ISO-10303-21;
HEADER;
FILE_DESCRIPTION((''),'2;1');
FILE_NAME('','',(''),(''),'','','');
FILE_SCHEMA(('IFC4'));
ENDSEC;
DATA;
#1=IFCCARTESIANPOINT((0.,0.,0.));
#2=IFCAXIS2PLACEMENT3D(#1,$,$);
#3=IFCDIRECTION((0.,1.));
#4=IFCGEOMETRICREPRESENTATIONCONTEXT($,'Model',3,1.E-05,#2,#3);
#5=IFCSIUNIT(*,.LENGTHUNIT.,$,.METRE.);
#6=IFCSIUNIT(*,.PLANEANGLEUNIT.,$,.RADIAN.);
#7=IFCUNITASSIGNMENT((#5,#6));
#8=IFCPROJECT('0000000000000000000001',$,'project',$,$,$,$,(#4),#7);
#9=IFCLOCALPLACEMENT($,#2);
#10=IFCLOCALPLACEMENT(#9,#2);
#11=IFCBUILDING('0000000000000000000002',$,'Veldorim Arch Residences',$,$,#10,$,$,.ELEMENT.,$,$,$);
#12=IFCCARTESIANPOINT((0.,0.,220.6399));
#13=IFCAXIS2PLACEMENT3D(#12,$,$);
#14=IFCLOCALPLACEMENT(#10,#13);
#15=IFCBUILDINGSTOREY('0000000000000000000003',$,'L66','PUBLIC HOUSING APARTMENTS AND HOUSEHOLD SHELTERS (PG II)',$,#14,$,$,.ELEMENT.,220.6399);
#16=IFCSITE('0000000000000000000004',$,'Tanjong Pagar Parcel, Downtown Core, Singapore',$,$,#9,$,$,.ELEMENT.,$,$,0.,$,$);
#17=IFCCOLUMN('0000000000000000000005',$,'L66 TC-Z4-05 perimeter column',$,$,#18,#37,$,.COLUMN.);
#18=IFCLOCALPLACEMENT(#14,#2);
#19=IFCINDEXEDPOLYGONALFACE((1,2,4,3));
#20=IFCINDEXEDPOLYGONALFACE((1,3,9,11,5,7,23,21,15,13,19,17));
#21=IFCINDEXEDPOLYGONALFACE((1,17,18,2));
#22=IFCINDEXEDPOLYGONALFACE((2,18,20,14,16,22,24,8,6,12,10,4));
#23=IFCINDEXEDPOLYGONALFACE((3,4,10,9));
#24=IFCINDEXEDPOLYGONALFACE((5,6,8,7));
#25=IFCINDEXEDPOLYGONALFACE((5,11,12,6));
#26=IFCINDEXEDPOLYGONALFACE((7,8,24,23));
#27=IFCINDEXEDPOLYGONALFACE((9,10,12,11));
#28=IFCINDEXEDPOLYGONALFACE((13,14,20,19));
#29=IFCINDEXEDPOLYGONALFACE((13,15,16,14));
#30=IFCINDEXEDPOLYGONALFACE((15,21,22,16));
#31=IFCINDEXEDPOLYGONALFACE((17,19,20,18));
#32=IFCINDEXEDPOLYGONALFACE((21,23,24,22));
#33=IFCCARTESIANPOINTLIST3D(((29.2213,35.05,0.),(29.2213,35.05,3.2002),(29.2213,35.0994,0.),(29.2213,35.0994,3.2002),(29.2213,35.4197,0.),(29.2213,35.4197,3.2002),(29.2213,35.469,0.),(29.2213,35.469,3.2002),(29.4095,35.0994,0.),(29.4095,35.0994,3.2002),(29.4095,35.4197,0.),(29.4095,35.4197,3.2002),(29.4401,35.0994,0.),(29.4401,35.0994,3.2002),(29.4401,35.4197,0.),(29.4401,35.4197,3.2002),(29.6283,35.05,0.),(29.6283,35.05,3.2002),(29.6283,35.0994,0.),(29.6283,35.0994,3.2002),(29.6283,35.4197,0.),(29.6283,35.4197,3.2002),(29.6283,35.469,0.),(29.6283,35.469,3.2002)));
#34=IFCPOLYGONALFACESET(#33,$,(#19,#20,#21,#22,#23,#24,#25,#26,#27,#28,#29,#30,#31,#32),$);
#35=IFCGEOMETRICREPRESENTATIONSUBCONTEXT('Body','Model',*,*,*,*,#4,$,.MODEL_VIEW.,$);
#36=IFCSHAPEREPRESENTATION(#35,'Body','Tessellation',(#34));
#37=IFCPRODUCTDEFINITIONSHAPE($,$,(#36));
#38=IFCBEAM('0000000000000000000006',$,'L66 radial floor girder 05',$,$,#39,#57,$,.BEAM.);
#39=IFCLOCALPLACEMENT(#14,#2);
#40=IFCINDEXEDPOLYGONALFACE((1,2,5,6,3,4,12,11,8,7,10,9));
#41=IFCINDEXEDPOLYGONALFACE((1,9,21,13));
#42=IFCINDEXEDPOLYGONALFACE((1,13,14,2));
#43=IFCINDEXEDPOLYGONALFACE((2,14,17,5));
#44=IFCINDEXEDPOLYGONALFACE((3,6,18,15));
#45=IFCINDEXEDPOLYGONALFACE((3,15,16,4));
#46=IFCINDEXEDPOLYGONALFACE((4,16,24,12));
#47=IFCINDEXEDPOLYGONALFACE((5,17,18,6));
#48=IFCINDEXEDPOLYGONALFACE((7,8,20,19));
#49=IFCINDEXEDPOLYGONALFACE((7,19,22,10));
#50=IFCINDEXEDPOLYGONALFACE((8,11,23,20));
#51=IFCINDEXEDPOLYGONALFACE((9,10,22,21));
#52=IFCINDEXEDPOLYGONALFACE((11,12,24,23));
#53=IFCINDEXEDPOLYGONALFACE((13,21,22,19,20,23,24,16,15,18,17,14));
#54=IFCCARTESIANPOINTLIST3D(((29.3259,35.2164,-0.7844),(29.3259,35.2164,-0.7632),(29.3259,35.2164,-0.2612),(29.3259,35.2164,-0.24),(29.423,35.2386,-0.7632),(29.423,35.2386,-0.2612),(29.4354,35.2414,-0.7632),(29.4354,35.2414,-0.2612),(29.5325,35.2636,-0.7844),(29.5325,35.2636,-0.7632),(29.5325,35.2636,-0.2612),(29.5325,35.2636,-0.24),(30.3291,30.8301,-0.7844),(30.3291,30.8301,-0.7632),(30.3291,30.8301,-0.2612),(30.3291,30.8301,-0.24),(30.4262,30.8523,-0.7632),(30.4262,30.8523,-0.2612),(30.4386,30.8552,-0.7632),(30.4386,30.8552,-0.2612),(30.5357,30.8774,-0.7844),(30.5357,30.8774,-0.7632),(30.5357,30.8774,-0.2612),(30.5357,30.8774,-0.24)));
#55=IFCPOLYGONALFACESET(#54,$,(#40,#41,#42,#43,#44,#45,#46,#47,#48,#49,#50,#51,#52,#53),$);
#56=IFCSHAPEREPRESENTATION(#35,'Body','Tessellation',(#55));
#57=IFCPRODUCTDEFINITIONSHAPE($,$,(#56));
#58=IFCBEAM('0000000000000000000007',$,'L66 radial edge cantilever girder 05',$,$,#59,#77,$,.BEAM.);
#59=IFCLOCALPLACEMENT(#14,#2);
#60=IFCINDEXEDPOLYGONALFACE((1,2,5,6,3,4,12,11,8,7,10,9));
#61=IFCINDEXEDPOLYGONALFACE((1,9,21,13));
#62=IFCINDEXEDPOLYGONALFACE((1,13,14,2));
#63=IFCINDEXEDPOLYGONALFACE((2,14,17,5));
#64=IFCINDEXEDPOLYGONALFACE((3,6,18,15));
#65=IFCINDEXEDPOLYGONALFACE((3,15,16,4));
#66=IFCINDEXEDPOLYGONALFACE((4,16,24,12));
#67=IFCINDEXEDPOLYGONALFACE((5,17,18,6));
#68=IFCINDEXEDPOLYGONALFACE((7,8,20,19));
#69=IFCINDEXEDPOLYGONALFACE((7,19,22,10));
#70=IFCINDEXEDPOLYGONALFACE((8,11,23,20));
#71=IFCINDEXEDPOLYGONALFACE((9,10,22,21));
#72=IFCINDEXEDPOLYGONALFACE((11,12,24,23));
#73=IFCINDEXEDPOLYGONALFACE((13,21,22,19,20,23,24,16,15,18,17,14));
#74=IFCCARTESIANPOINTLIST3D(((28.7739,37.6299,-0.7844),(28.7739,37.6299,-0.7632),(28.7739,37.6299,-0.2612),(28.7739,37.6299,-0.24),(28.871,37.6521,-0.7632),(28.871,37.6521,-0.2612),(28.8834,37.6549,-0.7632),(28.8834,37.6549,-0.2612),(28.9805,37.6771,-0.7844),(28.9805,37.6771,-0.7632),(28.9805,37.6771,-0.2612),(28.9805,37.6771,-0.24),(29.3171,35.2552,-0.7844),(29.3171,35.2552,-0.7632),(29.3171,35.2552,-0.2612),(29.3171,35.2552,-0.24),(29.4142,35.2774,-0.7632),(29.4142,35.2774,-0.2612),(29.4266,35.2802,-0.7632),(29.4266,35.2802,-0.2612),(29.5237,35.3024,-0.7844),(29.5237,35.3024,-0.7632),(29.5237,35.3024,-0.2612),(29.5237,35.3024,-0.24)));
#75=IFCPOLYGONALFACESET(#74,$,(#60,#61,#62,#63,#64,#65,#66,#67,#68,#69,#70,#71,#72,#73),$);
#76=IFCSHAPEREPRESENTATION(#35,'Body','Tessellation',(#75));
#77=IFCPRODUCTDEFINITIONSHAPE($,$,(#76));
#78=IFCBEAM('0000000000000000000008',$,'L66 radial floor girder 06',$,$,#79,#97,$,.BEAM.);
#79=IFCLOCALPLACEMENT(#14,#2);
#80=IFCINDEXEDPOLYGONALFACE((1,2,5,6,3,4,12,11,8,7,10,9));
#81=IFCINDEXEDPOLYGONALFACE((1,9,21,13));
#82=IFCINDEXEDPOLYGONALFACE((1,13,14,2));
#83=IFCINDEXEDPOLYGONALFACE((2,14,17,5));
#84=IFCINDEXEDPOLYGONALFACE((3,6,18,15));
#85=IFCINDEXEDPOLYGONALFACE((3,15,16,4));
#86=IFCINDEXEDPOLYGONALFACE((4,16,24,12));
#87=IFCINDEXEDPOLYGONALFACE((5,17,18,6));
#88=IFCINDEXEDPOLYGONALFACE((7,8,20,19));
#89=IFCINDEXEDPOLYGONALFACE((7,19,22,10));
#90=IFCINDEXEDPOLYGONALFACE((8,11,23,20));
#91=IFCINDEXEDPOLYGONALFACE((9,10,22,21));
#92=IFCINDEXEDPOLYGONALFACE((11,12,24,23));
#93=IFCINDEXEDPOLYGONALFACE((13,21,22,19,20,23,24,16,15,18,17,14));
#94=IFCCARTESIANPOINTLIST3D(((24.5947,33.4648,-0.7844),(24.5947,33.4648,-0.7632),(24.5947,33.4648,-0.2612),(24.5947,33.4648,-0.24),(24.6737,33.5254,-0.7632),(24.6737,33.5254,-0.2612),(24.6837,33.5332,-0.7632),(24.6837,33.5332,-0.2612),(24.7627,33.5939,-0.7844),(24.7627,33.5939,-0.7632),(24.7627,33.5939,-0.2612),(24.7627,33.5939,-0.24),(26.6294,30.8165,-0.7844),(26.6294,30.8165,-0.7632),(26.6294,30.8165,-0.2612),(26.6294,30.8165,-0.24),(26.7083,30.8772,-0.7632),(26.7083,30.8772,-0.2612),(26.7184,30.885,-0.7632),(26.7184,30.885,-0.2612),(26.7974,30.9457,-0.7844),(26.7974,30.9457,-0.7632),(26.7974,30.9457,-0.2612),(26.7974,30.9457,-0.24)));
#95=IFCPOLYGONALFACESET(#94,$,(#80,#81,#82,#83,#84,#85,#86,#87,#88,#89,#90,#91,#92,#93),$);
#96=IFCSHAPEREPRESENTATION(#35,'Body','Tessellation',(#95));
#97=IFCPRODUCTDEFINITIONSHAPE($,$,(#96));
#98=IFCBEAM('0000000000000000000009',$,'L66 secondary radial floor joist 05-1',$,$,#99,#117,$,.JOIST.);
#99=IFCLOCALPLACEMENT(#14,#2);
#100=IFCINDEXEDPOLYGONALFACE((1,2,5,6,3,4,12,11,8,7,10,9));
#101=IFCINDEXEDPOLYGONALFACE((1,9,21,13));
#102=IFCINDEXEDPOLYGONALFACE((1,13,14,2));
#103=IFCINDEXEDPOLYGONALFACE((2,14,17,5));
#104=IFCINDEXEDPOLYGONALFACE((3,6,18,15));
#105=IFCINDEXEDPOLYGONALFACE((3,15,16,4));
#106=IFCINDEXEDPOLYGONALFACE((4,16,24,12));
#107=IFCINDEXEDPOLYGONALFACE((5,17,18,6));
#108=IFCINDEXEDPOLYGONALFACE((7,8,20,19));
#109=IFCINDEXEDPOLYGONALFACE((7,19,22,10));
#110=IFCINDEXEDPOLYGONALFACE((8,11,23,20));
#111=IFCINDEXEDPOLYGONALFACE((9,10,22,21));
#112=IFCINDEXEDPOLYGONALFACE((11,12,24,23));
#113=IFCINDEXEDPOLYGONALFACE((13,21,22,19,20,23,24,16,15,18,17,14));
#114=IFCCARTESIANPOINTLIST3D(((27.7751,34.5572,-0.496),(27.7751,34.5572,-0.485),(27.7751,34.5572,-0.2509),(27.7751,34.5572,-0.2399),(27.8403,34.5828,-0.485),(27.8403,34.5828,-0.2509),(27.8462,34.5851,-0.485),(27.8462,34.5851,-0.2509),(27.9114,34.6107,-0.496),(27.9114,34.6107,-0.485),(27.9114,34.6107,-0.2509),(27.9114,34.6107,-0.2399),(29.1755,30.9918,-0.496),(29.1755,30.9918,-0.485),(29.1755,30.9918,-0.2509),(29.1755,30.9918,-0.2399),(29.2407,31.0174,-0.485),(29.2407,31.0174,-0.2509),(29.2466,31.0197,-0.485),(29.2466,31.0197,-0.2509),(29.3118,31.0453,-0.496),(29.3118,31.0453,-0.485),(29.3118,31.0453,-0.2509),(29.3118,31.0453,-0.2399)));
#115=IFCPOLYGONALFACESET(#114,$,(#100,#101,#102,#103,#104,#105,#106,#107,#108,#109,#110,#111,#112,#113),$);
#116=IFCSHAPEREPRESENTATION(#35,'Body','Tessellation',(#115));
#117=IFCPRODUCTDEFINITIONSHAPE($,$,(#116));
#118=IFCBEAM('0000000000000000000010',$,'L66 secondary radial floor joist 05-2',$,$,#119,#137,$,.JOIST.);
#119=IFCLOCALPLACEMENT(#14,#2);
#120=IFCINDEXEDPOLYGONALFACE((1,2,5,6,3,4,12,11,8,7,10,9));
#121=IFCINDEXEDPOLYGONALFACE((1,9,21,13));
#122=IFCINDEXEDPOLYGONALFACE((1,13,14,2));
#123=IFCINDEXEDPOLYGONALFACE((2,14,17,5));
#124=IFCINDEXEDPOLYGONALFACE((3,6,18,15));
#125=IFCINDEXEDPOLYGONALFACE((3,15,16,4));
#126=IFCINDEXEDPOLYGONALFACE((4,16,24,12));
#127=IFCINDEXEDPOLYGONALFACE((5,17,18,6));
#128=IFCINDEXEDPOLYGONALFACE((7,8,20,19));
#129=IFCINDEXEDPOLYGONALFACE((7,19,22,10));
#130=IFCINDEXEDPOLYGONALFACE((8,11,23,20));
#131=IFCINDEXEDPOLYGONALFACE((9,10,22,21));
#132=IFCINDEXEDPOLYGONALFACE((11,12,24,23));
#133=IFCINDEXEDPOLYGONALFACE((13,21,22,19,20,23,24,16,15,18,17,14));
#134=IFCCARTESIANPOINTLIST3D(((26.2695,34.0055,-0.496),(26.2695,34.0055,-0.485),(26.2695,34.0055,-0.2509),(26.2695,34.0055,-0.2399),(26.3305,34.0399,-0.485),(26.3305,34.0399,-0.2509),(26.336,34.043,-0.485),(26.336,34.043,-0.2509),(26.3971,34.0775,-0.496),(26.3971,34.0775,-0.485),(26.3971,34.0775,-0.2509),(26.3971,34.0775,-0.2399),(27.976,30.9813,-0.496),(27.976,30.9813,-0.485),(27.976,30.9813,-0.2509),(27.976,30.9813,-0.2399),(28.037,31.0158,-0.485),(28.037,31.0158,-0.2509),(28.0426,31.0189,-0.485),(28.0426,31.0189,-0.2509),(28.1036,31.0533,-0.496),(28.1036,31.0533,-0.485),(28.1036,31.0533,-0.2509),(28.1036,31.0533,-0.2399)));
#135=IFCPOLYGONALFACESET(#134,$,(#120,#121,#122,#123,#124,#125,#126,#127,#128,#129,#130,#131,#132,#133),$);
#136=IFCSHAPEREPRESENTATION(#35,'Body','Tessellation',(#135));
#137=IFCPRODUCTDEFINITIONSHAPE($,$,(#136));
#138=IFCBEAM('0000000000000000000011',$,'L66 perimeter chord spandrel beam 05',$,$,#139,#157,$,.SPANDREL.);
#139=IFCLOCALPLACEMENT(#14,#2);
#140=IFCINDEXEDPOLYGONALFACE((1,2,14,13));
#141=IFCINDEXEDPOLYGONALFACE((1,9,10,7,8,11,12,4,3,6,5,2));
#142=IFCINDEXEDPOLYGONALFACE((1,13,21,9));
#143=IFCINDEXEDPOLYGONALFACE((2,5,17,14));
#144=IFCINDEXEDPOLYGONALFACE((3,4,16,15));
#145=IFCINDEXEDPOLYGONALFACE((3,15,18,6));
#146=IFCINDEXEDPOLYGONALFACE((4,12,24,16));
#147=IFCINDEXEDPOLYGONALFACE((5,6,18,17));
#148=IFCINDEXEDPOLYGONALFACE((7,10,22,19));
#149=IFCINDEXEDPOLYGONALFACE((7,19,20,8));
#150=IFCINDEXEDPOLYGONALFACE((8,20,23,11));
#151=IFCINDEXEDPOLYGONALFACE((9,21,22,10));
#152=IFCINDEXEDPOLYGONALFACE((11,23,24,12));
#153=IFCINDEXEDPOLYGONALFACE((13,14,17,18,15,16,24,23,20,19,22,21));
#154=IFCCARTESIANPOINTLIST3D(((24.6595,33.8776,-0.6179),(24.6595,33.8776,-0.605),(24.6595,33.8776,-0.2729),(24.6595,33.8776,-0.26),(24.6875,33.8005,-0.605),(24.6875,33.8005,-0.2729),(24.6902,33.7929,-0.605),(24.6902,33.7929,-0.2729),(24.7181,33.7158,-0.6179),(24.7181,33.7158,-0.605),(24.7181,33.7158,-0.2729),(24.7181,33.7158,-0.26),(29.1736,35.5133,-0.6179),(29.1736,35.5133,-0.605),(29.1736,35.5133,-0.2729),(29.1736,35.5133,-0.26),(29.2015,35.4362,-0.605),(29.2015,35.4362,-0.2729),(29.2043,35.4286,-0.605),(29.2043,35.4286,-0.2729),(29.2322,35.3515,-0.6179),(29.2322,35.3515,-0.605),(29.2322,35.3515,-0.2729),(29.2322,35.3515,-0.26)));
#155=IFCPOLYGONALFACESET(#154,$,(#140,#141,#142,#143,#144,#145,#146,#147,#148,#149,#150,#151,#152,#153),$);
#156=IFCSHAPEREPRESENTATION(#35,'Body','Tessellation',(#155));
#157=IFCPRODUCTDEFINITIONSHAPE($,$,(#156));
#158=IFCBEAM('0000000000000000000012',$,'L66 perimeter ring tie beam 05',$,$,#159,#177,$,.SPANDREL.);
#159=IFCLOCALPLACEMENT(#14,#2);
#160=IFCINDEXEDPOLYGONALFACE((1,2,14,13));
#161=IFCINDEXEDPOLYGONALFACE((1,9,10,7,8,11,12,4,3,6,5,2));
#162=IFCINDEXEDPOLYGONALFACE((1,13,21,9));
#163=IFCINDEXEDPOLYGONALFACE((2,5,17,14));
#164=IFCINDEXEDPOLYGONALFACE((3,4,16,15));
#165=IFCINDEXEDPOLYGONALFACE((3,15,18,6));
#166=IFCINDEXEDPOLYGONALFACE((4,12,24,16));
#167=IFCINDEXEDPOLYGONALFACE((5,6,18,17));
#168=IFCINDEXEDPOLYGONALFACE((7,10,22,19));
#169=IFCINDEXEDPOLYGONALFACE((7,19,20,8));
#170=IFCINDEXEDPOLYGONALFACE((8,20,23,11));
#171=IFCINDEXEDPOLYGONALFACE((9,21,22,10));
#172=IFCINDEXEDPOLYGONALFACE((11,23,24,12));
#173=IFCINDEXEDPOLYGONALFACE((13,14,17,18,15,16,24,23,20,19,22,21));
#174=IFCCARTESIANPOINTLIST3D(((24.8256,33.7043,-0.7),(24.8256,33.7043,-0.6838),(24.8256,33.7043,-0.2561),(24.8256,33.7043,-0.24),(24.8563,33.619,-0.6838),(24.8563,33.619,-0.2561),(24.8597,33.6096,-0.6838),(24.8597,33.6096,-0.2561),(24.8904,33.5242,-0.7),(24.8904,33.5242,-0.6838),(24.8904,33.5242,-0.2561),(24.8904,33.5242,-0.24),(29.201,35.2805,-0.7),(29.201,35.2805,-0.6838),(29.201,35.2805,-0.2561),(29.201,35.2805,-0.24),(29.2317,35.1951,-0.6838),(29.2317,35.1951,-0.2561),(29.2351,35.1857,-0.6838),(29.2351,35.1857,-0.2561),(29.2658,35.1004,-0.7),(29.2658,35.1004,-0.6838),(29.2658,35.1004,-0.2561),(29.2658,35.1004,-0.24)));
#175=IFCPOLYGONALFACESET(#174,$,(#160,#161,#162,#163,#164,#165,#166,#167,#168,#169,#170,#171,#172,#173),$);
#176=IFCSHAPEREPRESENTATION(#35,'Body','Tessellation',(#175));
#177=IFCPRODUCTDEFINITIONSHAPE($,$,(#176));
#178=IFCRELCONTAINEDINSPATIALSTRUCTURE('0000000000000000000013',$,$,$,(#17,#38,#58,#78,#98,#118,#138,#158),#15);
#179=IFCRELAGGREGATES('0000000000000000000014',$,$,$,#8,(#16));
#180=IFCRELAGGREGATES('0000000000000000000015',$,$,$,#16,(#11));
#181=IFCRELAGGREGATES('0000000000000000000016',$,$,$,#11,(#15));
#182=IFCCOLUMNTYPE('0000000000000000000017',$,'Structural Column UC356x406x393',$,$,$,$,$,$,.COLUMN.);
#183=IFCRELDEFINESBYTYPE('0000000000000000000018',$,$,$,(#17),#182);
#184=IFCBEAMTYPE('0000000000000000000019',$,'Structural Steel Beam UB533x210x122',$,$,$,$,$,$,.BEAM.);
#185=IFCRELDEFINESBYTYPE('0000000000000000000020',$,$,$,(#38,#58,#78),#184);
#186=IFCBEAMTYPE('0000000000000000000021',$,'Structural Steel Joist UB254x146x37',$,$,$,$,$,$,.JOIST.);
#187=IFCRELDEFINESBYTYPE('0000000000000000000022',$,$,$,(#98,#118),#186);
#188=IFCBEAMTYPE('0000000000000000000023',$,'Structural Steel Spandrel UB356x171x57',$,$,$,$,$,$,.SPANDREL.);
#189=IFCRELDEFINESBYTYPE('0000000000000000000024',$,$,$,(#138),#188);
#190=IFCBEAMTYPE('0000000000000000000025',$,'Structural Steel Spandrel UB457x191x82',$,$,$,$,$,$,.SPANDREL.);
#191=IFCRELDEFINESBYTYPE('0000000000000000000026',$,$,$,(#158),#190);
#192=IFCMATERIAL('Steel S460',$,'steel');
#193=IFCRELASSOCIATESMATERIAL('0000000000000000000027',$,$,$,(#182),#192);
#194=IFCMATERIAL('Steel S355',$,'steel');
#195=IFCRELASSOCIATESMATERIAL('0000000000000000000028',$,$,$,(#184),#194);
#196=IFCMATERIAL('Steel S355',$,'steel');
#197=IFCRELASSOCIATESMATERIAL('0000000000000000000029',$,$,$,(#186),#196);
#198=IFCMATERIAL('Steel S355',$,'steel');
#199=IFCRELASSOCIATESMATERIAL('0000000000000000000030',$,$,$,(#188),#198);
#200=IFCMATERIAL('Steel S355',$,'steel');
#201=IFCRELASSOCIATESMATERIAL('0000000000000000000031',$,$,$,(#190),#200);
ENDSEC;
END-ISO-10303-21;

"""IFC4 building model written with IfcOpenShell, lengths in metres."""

from ifc_helpers import new_model, si_unit, direction, frame, origin, origin_2d, place, context, subcontext, project, spatial, i_section, extrude, material, material_profile, profile_set, type_object, element, save


model = new_model("IFC4")

# Units and contexts
model_context = context("Model", 3, precision=1e-05, world=origin(), true_north=direction((0.0, 1.0)))
body_context = subcontext(model_context, "Body", "Model", "MODEL_VIEW")
ifc_project = project(units=[si_unit("LENGTHUNIT", "METRE"), si_unit("PLANEANGLEUNIT", "RADIAN")], contexts=[model_context])

# Site, building, storey
site_placement = place(None, origin())
site = spatial("IfcSite", under=ifc_project, at=site_placement, Name="Tanjong Pagar Parcel, Downtown Core, Singapore", CompositionType="ELEMENT", RefElevation=0.0)
building_placement = place(site_placement, origin())
building = spatial("IfcBuilding", under=site, at=building_placement, Name="Veldorim Arch Residences", CompositionType="ELEMENT")
storey_placement = place(building_placement, frame((0.0, 0.0, 220.6399)))
storey = spatial("IfcBuildingStorey", under=building, at=storey_placement, Name="L66", Description="PUBLIC HOUSING APARTMENTS AND HOUSEHOLD SHELTERS (PG II)", CompositionType="ELEMENT", Elevation=220.6399)

# Column
ifc_material_1 = material(Name="Steel S460", Category="steel")
ifc_material_profile_1 = material_profile(ifc_material_1, i_section(OverallWidth=0.407, OverallDepth=0.4189, WebThickness=0.0305, FlangeThickness=0.0493, at=origin_2d()), Name="UC356x406x393")
ifc_profile_set_1 = profile_set([ifc_material_profile_1], Name="Steel S460")
column_type = type_object("IfcColumnType", Name="Structural Column UC356x406x393", PredefinedType="COLUMN", material=ifc_profile_set_1)
column_placement = place(storey_placement, frame((29.4248, 35.2595, 0.0), z_axis=(0.0, 0.0, 1.0), x_axis=(1.0, 0.0, 0.0)))
element("IfcColumn", 1, at=column_placement, inside=storey, type_object=column_type, Name="L66 TC-Z4-05 perimeter column", PredefinedType="COLUMN", context=body_context, shape_type="SweptSolid", body=[
    extrude(i_section(OverallWidth=0.407, OverallDepth=0.4189, WebThickness=0.0305, FlangeThickness=0.0493, at=origin_2d()), origin(), (0.0, 0.0, 1.0), 3.2002),
])

# Beams
ifc_material_2 = material(Name="Steel S355", Category="steel")
ifc_material_profile_2 = material_profile(ifc_material_2, i_section(OverallWidth=0.2119, OverallDepth=0.5444, WebThickness=0.0127, FlangeThickness=0.0212, at=origin_2d()), Name="UB533x210x122")
ifc_profile_set_2 = profile_set([ifc_material_profile_2], Name="Steel S355")
beam_type_1 = type_object("IfcBeamType", Name="Structural Steel Beam UB533x210x122", PredefinedType="BEAM", material=ifc_profile_set_2)
beam_1_placement = place(storey_placement, frame((30.4324, 30.8538, -0.5122), z_axis=(-0.222953, 0.974829, 0.0), x_axis=(-0.974829, -0.222953, 0.0)))
element("IfcBeam", 2, at=beam_1_placement, inside=storey, type_object=beam_type_1, Name="L66 radial floor girder 05", PredefinedType="BEAM", context=body_context, shape_type="SweptSolid", body=[
    extrude(i_section(OverallWidth=0.2119, OverallDepth=0.5444, WebThickness=0.0127, FlangeThickness=0.0212, at=origin_2d()), origin(), (0.0, 0.0, 1.0), 4.4995),
])
beam_2_placement = place(storey_placement, frame((29.4204, 35.2788, -0.5122), z_axis=(-0.222985, 0.974822, 0.0), x_axis=(-0.974822, -0.222985, 0.0)))
element("IfcBeam", 3, at=beam_2_placement, inside=storey, type_object=beam_type_1, Name="L66 radial edge cantilever girder 05", PredefinedType="BEAM", context=body_context, shape_type="SweptSolid", body=[
    extrude(i_section(OverallWidth=0.2119, OverallDepth=0.5444, WebThickness=0.0127, FlangeThickness=0.0212, at=origin_2d()), origin(), (0.0, 0.0, 1.0), 2.436),
])
beam_3_placement = place(storey_placement, frame((26.7134, 30.8811, -0.5122), z_axis=(-0.609258, 0.792972, 0.0), x_axis=(-0.792972, -0.609258, 0.0)))
element("IfcBeam", 4, at=beam_3_placement, inside=storey, type_object=beam_type_1, Name="L66 radial floor girder 06", PredefinedType="BEAM", context=body_context, shape_type="SweptSolid", body=[
    extrude(i_section(OverallWidth=0.2119, OverallDepth=0.5444, WebThickness=0.0127, FlangeThickness=0.0212, at=origin_2d()), origin(), (0.0, 0.0, 1.0), 3.3396),
])
ifc_material_3 = material(Name="Steel S355", Category="steel")
ifc_material_profile_3 = material_profile(ifc_material_3, i_section(OverallWidth=0.1465, OverallDepth=0.2561, WebThickness=0.0063, FlangeThickness=0.011, at=origin_2d()), Name="UB254x146x37")
ifc_profile_set_3 = profile_set([ifc_material_profile_3], Name="Steel S355")
beam_type_2 = type_object("IfcBeamType", Name="Structural Steel Joist UB254x146x37", PredefinedType="JOIST", material=ifc_profile_set_3)
beam_4_placement = place(storey_placement, frame((29.2437, 31.0186, -0.3679), z_axis=(-0.365581, 0.930779, 0.0), x_axis=(-0.930779, -0.365581, 0.0)))
element("IfcBeam", 5, at=beam_4_placement, inside=storey, type_object=beam_type_2, Name="L66 secondary radial floor joist 05-1", PredefinedType="JOIST", context=body_context, shape_type="SweptSolid", body=[
    extrude(i_section(OverallWidth=0.1465, OverallDepth=0.2561, WebThickness=0.0063, FlangeThickness=0.011, at=origin_2d()), origin(), (0.0, 0.0, 1.0), 3.8306),
])
beam_5_placement = place(storey_placement, frame((28.0398, 31.0173, -0.3679), z_axis=(-0.491452, 0.870904, 0.0), x_axis=(-0.870904, -0.491452, 0.0)))
element("IfcBeam", 6, at=beam_5_placement, inside=storey, type_object=beam_type_2, Name="L66 secondary radial floor joist 05-2", PredefinedType="JOIST", context=body_context, shape_type="SweptSolid", body=[
    extrude(i_section(OverallWidth=0.1465, OverallDepth=0.2561, WebThickness=0.0063, FlangeThickness=0.011, at=origin_2d()), origin(), (0.0, 0.0, 1.0), 3.4724),
])
ifc_material_4 = material(Name="Steel S355", Category="steel")
ifc_material_profile_4 = material_profile(ifc_material_4, i_section(OverallWidth=0.1721, OverallDepth=0.3579, WebThickness=0.0081, FlangeThickness=0.0129, at=origin_2d()), Name="UB356x171x57")
ifc_profile_set_4 = profile_set([ifc_material_profile_4], Name="Steel S355")
beam_type_3 = type_object("IfcBeamType", Name="Structural Steel Spandrel UB356x171x57", PredefinedType="SPANDREL", material=ifc_profile_set_4)
beam_6_placement = place(storey_placement, frame((29.2029, 35.4324, -0.439), z_axis=(-0.940179, -0.340681, 0.0), x_axis=(0.340681, -0.940179, 0.0)))
element("IfcBeam", 7, at=beam_6_placement, inside=storey, type_object=beam_type_3, Name="L66 perimeter chord spandrel beam 05", PredefinedType="SPANDREL", context=body_context, shape_type="SweptSolid", body=[
    extrude(i_section(OverallWidth=0.1721, OverallDepth=0.3579, WebThickness=0.0081, FlangeThickness=0.0129, at=origin_2d()), origin(), (0.0, 0.0, 1.0), 4.8013),
])
ifc_material_5 = material(Name="Steel S355", Category="steel")
ifc_material_profile_5 = material_profile(ifc_material_5, i_section(OverallWidth=0.1914, OverallDepth=0.46, WebThickness=0.01, FlangeThickness=0.0161, at=origin_2d()), Name="UB457x191x82")
ifc_profile_set_5 = profile_set([ifc_material_profile_5], Name="Steel S355")
beam_type_4 = type_object("IfcBeamType", Name="Structural Steel Spandrel UB457x191x82", PredefinedType="SPANDREL", material=ifc_profile_set_5)
beam_7_placement = place(storey_placement, frame((29.2334, 35.1904, -0.47), z_axis=(-0.940819, -0.338909, 0.0), x_axis=(0.338909, -0.940819, 0.0)))
element("IfcBeam", 8, at=beam_7_placement, inside=storey, type_object=beam_type_4, Name="L66 perimeter ring tie beam 05", PredefinedType="SPANDREL", context=body_context, shape_type="SweptSolid", body=[
    extrude(i_section(OverallWidth=0.1914, OverallDepth=0.46, WebThickness=0.01, FlangeThickness=0.0161, at=origin_2d()), origin(), (0.0, 0.0, 1.0), 4.6506),
])

save(model, "model.ifc")
